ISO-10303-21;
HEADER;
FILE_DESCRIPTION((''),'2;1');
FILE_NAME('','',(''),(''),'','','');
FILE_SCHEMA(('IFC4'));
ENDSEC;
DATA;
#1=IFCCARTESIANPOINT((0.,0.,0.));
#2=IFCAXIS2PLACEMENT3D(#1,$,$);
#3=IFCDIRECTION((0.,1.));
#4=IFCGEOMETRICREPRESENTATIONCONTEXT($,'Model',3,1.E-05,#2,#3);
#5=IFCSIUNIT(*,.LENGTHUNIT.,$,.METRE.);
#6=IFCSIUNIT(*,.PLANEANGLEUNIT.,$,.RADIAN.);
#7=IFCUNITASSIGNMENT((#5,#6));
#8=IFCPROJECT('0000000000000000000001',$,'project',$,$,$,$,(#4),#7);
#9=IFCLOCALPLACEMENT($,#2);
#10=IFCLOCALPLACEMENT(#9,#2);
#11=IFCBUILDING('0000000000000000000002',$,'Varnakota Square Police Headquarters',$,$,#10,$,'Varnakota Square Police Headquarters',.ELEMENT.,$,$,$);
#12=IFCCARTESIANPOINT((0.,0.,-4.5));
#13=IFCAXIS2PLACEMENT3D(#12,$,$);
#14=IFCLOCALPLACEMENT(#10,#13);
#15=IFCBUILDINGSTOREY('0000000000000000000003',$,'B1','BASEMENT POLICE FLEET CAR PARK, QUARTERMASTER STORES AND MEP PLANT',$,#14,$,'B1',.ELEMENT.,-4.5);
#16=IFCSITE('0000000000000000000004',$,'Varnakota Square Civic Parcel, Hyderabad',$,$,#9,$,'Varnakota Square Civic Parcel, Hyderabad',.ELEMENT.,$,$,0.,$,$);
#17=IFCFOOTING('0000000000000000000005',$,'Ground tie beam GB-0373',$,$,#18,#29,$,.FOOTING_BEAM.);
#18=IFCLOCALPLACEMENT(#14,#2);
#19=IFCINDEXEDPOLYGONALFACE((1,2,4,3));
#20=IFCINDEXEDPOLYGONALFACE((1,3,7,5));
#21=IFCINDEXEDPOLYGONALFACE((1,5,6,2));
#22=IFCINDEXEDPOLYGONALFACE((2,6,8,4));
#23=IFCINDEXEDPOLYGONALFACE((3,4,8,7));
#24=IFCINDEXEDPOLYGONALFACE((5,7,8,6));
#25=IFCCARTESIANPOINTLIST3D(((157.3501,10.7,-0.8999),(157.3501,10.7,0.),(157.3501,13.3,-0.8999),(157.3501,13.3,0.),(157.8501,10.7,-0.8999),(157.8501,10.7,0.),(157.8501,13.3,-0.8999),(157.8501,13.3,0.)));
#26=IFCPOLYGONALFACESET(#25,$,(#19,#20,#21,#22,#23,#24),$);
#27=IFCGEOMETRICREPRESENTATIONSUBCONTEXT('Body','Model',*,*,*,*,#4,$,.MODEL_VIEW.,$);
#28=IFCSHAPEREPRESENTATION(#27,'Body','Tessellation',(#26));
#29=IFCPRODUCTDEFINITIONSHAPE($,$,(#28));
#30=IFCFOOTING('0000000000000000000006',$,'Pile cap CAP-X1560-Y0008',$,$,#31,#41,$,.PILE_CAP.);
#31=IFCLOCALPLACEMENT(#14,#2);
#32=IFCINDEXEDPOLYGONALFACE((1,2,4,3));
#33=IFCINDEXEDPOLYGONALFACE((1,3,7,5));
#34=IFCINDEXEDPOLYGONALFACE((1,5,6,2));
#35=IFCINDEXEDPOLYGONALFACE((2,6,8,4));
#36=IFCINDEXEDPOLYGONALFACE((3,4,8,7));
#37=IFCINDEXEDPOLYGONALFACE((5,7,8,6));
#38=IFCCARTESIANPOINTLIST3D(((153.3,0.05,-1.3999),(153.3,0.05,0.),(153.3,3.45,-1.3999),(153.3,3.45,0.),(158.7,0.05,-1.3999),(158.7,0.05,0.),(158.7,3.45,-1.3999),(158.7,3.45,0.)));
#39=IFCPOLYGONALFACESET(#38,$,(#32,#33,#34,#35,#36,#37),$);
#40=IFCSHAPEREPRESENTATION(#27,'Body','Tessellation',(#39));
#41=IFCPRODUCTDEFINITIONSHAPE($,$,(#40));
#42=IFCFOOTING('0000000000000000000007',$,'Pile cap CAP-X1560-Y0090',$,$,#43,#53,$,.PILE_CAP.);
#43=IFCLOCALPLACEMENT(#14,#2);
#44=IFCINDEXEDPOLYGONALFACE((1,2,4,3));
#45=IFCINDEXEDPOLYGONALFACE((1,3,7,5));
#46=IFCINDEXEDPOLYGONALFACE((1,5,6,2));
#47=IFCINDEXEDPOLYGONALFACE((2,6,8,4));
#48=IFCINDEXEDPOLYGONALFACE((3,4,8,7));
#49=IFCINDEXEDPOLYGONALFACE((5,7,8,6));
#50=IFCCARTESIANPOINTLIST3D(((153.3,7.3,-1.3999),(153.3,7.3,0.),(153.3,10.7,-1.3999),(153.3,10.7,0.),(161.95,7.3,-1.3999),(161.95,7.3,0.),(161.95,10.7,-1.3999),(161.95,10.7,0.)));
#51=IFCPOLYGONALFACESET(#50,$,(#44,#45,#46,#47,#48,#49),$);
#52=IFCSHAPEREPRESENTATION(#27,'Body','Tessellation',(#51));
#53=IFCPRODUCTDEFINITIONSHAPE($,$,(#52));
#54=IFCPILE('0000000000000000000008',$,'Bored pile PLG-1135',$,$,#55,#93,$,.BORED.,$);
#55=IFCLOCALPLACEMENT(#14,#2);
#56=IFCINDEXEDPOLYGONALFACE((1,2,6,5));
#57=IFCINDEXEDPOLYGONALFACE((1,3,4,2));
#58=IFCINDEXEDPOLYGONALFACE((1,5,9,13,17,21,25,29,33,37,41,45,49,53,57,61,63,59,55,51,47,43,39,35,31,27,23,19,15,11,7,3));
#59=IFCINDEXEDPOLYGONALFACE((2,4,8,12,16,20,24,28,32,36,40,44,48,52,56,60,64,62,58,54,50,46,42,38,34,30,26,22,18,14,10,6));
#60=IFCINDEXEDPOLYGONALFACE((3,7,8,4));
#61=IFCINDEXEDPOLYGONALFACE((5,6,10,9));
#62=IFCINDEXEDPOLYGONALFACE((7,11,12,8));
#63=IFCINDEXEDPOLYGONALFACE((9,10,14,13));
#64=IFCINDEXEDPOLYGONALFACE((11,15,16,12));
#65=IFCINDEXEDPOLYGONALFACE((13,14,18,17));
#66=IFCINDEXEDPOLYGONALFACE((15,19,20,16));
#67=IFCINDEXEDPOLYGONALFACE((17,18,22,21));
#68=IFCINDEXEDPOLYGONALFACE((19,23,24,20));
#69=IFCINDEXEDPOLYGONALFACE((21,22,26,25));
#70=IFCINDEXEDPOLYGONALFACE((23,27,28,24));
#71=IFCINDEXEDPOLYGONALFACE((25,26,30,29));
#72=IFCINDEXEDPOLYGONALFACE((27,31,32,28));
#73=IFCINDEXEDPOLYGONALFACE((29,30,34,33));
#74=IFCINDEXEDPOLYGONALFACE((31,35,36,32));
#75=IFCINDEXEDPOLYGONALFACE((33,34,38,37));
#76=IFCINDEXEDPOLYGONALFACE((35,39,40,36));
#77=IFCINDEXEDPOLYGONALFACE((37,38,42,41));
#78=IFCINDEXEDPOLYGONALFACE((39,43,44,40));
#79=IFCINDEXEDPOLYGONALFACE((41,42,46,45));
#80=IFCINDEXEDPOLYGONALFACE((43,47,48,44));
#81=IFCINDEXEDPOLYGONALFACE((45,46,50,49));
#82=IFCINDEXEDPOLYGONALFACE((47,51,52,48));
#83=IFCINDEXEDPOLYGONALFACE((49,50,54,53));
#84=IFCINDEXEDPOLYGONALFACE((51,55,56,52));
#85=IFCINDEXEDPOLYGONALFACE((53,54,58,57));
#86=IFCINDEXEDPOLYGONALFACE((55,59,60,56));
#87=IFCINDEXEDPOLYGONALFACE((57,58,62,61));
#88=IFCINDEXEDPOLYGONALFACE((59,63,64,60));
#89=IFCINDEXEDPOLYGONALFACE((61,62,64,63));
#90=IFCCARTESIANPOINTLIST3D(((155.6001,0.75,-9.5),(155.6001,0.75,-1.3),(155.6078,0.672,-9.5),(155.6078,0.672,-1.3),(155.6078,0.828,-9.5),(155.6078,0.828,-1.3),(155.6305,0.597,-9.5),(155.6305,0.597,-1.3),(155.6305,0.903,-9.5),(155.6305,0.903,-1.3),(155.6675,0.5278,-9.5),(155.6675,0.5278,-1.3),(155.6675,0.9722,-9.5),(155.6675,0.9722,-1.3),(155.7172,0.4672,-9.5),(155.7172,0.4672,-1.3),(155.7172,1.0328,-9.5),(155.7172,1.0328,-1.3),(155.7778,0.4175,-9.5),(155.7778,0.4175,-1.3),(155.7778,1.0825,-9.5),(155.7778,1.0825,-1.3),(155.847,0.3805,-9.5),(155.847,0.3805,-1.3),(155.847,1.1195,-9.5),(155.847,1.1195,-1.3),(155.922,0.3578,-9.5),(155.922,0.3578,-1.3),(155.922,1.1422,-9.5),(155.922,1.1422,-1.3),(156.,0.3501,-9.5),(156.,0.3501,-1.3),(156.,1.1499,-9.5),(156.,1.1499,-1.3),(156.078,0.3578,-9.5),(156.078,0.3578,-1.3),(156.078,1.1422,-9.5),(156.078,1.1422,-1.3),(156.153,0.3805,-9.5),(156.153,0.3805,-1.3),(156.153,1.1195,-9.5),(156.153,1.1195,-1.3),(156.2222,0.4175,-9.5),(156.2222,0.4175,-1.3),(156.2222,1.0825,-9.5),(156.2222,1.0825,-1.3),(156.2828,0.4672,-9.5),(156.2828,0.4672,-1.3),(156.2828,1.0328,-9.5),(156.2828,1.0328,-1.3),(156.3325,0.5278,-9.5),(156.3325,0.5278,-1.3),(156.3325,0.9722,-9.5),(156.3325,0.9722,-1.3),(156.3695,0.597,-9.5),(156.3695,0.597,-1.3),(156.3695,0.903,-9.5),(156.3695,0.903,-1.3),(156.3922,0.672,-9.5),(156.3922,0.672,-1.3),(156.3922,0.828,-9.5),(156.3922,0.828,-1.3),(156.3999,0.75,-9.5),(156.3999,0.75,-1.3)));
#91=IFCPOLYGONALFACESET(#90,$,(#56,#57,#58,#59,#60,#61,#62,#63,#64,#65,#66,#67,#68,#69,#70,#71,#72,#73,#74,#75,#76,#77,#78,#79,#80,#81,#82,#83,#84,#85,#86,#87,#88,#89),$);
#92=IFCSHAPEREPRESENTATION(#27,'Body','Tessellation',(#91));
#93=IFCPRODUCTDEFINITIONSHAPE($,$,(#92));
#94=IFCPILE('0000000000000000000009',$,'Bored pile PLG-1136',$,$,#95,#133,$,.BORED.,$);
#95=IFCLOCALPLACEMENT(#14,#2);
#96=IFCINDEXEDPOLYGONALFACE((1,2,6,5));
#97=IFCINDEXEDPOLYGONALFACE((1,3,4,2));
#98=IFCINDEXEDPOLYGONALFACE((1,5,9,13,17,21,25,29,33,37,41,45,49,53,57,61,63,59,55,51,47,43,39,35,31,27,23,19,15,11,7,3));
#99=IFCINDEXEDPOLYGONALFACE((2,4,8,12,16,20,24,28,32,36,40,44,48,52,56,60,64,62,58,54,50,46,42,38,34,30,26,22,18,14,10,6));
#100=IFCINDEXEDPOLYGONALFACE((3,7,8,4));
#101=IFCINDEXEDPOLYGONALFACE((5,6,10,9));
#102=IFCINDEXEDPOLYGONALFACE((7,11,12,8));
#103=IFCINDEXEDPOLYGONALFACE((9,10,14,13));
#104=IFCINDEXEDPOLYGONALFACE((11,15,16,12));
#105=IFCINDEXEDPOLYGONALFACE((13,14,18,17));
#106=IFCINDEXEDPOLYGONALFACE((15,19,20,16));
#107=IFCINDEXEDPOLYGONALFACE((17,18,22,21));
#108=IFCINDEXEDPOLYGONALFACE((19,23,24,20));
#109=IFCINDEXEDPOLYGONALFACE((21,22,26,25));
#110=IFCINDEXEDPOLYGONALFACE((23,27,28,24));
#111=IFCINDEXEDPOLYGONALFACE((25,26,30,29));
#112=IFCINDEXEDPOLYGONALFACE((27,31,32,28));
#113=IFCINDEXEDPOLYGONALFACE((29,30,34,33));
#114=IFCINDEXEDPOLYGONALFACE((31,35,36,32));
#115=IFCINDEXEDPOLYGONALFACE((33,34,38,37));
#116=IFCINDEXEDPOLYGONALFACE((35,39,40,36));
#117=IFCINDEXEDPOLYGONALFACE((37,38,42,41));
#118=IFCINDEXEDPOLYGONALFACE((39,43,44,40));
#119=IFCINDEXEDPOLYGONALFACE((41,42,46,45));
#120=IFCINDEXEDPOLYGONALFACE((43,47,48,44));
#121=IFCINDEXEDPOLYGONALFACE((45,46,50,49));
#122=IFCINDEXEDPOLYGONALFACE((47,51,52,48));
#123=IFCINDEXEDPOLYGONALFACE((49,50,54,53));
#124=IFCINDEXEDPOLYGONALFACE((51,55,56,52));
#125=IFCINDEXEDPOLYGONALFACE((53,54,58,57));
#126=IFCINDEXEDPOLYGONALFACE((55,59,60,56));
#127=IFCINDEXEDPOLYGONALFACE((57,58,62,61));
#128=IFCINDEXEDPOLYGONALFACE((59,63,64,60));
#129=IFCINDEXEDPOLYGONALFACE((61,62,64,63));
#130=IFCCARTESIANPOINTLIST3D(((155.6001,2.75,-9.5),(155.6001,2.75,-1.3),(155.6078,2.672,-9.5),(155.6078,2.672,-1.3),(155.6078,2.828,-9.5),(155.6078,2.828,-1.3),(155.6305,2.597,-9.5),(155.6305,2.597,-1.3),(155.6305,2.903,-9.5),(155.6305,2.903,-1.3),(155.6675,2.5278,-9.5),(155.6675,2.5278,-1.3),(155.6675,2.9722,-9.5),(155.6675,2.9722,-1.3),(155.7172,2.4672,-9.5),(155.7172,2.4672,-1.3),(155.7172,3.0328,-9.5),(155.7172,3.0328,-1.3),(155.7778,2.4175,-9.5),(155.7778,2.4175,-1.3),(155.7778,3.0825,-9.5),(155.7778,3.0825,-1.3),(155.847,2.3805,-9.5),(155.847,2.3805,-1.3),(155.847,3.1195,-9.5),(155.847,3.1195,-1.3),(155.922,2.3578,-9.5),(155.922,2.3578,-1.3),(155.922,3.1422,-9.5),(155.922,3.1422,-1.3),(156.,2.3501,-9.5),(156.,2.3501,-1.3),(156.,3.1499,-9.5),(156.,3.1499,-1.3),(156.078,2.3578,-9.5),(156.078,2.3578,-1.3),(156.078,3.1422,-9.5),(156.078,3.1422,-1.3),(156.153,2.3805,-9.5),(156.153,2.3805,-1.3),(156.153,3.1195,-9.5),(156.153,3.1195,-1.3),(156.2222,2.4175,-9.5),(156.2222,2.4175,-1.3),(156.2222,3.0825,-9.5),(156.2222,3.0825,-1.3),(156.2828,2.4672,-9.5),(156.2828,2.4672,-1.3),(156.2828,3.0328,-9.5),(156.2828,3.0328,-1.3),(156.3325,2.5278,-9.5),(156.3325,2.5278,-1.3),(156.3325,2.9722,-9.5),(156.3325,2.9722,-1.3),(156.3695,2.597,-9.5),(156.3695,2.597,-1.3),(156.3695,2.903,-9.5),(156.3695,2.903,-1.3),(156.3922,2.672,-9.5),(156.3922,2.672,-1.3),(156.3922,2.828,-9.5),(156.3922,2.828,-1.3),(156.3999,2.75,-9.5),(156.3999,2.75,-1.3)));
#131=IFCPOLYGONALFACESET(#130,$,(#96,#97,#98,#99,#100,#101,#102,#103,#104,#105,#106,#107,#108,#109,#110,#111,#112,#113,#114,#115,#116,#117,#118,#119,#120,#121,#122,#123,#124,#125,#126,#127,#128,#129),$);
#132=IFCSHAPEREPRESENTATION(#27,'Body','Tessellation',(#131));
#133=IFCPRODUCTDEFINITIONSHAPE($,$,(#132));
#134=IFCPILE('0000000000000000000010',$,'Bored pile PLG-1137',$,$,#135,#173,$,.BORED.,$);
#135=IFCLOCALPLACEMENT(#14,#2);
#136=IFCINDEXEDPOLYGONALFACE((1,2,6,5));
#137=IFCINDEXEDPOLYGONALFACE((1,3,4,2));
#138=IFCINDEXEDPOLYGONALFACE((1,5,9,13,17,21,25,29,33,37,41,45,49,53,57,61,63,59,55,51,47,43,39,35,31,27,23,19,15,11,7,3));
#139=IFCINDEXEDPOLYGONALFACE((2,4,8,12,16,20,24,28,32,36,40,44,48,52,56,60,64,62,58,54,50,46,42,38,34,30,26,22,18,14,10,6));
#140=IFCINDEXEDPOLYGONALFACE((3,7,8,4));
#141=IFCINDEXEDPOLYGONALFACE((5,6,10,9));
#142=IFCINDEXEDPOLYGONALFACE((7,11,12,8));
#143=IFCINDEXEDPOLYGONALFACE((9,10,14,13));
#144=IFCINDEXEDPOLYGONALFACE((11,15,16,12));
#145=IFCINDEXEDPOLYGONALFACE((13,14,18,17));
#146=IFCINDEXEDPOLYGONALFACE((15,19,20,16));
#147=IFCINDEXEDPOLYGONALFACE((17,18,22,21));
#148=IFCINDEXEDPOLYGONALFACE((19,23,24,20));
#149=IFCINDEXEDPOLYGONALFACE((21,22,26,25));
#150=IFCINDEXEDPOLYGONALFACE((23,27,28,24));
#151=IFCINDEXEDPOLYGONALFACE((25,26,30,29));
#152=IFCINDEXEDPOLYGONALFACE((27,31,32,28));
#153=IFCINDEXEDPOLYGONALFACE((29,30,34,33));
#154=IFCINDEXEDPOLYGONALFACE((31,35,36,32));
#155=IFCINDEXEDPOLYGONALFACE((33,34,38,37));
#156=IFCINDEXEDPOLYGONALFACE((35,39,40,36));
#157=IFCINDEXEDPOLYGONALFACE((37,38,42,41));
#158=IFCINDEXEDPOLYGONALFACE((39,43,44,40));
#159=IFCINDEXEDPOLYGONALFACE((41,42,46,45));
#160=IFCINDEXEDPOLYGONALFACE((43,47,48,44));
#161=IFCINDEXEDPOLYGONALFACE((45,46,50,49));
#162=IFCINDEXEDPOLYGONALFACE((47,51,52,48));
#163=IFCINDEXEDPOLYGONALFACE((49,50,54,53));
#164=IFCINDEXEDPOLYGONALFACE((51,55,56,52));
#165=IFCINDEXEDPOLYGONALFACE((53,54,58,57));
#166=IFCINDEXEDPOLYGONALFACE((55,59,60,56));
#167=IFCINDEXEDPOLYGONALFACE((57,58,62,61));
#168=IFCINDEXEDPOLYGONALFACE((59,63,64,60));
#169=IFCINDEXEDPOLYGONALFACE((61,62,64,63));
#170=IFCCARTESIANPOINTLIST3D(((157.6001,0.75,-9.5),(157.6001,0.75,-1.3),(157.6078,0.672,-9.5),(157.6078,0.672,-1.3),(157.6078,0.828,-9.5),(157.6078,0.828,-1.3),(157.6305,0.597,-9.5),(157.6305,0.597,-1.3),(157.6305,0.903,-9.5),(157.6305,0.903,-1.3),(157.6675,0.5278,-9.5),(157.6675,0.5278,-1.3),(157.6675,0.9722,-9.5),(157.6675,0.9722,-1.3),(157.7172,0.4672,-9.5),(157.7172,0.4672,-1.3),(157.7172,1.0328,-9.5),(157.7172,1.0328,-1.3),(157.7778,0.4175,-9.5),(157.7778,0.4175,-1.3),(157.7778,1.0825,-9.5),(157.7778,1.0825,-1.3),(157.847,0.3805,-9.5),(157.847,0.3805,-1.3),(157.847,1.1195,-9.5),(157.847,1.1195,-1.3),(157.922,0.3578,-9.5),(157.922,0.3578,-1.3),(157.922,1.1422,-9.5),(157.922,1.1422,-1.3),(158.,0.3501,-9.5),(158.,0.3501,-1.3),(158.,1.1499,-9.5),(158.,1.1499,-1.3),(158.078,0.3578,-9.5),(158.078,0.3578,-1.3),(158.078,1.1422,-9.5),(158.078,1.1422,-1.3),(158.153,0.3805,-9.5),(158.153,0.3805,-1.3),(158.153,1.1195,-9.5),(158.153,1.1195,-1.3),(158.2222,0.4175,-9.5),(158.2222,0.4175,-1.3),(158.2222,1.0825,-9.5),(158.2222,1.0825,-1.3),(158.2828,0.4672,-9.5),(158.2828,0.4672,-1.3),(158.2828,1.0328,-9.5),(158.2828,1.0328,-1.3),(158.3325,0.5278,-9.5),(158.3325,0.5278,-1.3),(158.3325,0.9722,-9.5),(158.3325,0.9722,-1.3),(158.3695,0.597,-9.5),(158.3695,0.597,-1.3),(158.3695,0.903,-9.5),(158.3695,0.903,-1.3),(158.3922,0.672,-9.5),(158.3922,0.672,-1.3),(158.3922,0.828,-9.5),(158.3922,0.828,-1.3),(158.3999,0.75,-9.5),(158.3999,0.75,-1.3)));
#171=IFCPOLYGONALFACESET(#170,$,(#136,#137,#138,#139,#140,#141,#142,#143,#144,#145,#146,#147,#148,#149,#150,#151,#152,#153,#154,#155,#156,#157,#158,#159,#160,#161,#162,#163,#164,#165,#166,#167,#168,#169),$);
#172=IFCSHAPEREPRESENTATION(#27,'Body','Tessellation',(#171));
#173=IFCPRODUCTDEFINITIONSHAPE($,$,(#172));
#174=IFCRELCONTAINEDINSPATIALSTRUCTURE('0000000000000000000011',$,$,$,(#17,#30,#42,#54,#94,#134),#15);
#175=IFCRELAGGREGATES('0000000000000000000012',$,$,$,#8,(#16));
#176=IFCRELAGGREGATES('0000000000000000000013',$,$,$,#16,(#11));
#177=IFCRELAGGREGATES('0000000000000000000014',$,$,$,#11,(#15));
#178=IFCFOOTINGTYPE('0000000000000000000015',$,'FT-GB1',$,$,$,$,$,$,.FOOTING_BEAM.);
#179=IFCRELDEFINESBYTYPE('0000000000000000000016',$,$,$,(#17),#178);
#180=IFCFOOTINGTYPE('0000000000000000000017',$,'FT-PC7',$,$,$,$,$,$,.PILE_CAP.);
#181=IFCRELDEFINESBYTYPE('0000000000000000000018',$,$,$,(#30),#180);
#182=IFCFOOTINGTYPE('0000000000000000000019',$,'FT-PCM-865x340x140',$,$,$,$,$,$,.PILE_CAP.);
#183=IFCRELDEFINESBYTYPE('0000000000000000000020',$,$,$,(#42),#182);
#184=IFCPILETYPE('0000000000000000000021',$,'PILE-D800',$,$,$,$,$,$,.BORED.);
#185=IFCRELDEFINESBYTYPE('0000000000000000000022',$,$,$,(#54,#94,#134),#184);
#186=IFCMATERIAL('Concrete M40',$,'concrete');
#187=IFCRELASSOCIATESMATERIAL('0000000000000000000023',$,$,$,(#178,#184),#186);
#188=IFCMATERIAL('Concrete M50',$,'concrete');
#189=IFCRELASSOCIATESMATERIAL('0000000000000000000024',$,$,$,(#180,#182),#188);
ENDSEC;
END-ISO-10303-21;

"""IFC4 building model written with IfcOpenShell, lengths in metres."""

from ifc_helpers import new_model, si_unit, direction, frame, origin, origin_2d, place, context, subcontext, project, spatial, rectangle, circle, extrude, material, material_profile, profile_set, type_object, element, save


model = new_model("IFC4")

# Units and contexts
model_context = context("Model", 3, precision=1e-05, world=origin(), true_north=direction((0.0, 1.0)))
body_context = subcontext(model_context, "Body", "Model", "MODEL_VIEW")
ifc_project = project(units=[si_unit("LENGTHUNIT", "METRE"), si_unit("PLANEANGLEUNIT", "RADIAN")], contexts=[model_context])

# Site, building, storey
site_placement = place(None, origin())
site = spatial("IfcSite", under=ifc_project, at=site_placement, Name="Varnakota Square Civic Parcel, Hyderabad", LongName="Varnakota Square Civic Parcel, Hyderabad", CompositionType="ELEMENT", RefElevation=0.0)
building_placement = place(site_placement, origin())
building = spatial("IfcBuilding", under=site, at=building_placement, Name="Varnakota Square Police Headquarters", LongName="Varnakota Square Police Headquarters", CompositionType="ELEMENT")
storey_placement = place(building_placement, frame((0.0, 0.0, -4.5)))
storey = spatial("IfcBuildingStorey", under=building, at=storey_placement, Name="B1", Description="BASEMENT POLICE FLEET CAR PARK, QUARTERMASTER STORES AND MEP PLANT", LongName="B1", CompositionType="ELEMENT", Elevation=-4.5)

# Footings
ifc_material_1 = material(Name="Concrete M40", Category="concrete")
ifc_material_profile_1 = material_profile(ifc_material_1, rectangle(XDim=0.5, YDim=0.8999, at=origin_2d()), Name="GB 500x900")
ifc_profile_set_1 = profile_set([ifc_material_profile_1], Name="Concrete M40")
footing_type_1 = type_object("IfcFootingType", Name="FT-GB1", PredefinedType="FOOTING_BEAM", material=ifc_profile_set_1)
footing_1_placement = place(storey_placement, frame((157.6001, 10.7, -0.45), z_axis=(0.0, 1.0, 0.0), x_axis=(-1.0, 0.0, 0.0)))
element("IfcFooting", 1, at=footing_1_placement, inside=storey, type_object=footing_type_1, Name="Ground tie beam GB-0373", PredefinedType="FOOTING_BEAM", context=body_context, shape_type="SweptSolid", body=[
    extrude(rectangle(XDim=0.5, YDim=0.8999, at=origin_2d()), origin(), (0.0, 0.0, 1.0), 2.6001),
])
ifc_material_2 = material(Name="Concrete M50", Category="concrete")
footing_type_2 = type_object("IfcFootingType", Name="FT-PC7", PredefinedType="PILE_CAP", material=ifc_material_2)
footing_2_placement = place(storey_placement, frame((156.0, 1.75, -1.3999), z_axis=(0.0, 0.0, 1.0), x_axis=(1.0, 0.0, 0.0)))
element("IfcFooting", 2, at=footing_2_placement, inside=storey, type_object=footing_type_2, Name="Pile cap CAP-X1560-Y0008", PredefinedType="PILE_CAP", context=body_context, shape_type="SweptSolid", body=[
    extrude(rectangle(XDim=5.3999, YDim=3.3999, at=origin_2d()), origin(), (0.0, 0.0, 1.0), 1.3999),
])
footing_type_3 = type_object("IfcFootingType", Name="FT-PCM-865x340x140", PredefinedType="PILE_CAP", material=ifc_material_2)
footing_3_placement = place(storey_placement, frame((157.625, 9.0, -1.3999), z_axis=(0.0, 0.0, 1.0), x_axis=(1.0, 0.0, 0.0)))
element("IfcFooting", 3, at=footing_3_placement, inside=storey, type_object=footing_type_3, Name="Pile cap CAP-X1560-Y0090", PredefinedType="PILE_CAP", context=body_context, shape_type="SweptSolid", body=[
    extrude(rectangle(XDim=8.6499, YDim=3.3999, at=origin_2d()), origin(), (0.0, 0.0, 1.0), 1.3999),
])

# Piles
ifc_material_profile_2 = material_profile(ifc_material_1, circle(Radius=0.3999, at=origin_2d()), Name="BORED PILE 800")
ifc_profile_set_2 = profile_set([ifc_material_profile_2], Name="Concrete M40")
pile_type = type_object("IfcPileType", Name="PILE-D800", PredefinedType="BORED", material=ifc_profile_set_2)
for number, where, z_axis, x_axis, name in (
    (4, (156.0, 0.75, -1.3), (0.0, 0.0, -1.0), (1.0, 0.0, 0.0), "Bored pile PLG-1135"),
    (5, (156.0, 2.75, -1.3), (0.0, 0.0, -1.0), (1.0, 0.0, 0.0), "Bored pile PLG-1136"),
    (6, (158.0, 0.75, -1.3), (0.0, 0.0, -1.0), (1.0, 0.0, 0.0), "Bored pile PLG-1137"),
):
    element("IfcPile", number, at=place(storey_placement, frame(where, z_axis=z_axis, x_axis=x_axis)), inside=storey, type_object=pile_type, Name=name, PredefinedType="BORED", context=body_context, shape_type="SweptSolid", body=[
        extrude(circle(Radius=0.3999, at=origin_2d()), origin(), (0.0, 0.0, 1.0), 8.2),
    ])

save(model, "model.ifc")
